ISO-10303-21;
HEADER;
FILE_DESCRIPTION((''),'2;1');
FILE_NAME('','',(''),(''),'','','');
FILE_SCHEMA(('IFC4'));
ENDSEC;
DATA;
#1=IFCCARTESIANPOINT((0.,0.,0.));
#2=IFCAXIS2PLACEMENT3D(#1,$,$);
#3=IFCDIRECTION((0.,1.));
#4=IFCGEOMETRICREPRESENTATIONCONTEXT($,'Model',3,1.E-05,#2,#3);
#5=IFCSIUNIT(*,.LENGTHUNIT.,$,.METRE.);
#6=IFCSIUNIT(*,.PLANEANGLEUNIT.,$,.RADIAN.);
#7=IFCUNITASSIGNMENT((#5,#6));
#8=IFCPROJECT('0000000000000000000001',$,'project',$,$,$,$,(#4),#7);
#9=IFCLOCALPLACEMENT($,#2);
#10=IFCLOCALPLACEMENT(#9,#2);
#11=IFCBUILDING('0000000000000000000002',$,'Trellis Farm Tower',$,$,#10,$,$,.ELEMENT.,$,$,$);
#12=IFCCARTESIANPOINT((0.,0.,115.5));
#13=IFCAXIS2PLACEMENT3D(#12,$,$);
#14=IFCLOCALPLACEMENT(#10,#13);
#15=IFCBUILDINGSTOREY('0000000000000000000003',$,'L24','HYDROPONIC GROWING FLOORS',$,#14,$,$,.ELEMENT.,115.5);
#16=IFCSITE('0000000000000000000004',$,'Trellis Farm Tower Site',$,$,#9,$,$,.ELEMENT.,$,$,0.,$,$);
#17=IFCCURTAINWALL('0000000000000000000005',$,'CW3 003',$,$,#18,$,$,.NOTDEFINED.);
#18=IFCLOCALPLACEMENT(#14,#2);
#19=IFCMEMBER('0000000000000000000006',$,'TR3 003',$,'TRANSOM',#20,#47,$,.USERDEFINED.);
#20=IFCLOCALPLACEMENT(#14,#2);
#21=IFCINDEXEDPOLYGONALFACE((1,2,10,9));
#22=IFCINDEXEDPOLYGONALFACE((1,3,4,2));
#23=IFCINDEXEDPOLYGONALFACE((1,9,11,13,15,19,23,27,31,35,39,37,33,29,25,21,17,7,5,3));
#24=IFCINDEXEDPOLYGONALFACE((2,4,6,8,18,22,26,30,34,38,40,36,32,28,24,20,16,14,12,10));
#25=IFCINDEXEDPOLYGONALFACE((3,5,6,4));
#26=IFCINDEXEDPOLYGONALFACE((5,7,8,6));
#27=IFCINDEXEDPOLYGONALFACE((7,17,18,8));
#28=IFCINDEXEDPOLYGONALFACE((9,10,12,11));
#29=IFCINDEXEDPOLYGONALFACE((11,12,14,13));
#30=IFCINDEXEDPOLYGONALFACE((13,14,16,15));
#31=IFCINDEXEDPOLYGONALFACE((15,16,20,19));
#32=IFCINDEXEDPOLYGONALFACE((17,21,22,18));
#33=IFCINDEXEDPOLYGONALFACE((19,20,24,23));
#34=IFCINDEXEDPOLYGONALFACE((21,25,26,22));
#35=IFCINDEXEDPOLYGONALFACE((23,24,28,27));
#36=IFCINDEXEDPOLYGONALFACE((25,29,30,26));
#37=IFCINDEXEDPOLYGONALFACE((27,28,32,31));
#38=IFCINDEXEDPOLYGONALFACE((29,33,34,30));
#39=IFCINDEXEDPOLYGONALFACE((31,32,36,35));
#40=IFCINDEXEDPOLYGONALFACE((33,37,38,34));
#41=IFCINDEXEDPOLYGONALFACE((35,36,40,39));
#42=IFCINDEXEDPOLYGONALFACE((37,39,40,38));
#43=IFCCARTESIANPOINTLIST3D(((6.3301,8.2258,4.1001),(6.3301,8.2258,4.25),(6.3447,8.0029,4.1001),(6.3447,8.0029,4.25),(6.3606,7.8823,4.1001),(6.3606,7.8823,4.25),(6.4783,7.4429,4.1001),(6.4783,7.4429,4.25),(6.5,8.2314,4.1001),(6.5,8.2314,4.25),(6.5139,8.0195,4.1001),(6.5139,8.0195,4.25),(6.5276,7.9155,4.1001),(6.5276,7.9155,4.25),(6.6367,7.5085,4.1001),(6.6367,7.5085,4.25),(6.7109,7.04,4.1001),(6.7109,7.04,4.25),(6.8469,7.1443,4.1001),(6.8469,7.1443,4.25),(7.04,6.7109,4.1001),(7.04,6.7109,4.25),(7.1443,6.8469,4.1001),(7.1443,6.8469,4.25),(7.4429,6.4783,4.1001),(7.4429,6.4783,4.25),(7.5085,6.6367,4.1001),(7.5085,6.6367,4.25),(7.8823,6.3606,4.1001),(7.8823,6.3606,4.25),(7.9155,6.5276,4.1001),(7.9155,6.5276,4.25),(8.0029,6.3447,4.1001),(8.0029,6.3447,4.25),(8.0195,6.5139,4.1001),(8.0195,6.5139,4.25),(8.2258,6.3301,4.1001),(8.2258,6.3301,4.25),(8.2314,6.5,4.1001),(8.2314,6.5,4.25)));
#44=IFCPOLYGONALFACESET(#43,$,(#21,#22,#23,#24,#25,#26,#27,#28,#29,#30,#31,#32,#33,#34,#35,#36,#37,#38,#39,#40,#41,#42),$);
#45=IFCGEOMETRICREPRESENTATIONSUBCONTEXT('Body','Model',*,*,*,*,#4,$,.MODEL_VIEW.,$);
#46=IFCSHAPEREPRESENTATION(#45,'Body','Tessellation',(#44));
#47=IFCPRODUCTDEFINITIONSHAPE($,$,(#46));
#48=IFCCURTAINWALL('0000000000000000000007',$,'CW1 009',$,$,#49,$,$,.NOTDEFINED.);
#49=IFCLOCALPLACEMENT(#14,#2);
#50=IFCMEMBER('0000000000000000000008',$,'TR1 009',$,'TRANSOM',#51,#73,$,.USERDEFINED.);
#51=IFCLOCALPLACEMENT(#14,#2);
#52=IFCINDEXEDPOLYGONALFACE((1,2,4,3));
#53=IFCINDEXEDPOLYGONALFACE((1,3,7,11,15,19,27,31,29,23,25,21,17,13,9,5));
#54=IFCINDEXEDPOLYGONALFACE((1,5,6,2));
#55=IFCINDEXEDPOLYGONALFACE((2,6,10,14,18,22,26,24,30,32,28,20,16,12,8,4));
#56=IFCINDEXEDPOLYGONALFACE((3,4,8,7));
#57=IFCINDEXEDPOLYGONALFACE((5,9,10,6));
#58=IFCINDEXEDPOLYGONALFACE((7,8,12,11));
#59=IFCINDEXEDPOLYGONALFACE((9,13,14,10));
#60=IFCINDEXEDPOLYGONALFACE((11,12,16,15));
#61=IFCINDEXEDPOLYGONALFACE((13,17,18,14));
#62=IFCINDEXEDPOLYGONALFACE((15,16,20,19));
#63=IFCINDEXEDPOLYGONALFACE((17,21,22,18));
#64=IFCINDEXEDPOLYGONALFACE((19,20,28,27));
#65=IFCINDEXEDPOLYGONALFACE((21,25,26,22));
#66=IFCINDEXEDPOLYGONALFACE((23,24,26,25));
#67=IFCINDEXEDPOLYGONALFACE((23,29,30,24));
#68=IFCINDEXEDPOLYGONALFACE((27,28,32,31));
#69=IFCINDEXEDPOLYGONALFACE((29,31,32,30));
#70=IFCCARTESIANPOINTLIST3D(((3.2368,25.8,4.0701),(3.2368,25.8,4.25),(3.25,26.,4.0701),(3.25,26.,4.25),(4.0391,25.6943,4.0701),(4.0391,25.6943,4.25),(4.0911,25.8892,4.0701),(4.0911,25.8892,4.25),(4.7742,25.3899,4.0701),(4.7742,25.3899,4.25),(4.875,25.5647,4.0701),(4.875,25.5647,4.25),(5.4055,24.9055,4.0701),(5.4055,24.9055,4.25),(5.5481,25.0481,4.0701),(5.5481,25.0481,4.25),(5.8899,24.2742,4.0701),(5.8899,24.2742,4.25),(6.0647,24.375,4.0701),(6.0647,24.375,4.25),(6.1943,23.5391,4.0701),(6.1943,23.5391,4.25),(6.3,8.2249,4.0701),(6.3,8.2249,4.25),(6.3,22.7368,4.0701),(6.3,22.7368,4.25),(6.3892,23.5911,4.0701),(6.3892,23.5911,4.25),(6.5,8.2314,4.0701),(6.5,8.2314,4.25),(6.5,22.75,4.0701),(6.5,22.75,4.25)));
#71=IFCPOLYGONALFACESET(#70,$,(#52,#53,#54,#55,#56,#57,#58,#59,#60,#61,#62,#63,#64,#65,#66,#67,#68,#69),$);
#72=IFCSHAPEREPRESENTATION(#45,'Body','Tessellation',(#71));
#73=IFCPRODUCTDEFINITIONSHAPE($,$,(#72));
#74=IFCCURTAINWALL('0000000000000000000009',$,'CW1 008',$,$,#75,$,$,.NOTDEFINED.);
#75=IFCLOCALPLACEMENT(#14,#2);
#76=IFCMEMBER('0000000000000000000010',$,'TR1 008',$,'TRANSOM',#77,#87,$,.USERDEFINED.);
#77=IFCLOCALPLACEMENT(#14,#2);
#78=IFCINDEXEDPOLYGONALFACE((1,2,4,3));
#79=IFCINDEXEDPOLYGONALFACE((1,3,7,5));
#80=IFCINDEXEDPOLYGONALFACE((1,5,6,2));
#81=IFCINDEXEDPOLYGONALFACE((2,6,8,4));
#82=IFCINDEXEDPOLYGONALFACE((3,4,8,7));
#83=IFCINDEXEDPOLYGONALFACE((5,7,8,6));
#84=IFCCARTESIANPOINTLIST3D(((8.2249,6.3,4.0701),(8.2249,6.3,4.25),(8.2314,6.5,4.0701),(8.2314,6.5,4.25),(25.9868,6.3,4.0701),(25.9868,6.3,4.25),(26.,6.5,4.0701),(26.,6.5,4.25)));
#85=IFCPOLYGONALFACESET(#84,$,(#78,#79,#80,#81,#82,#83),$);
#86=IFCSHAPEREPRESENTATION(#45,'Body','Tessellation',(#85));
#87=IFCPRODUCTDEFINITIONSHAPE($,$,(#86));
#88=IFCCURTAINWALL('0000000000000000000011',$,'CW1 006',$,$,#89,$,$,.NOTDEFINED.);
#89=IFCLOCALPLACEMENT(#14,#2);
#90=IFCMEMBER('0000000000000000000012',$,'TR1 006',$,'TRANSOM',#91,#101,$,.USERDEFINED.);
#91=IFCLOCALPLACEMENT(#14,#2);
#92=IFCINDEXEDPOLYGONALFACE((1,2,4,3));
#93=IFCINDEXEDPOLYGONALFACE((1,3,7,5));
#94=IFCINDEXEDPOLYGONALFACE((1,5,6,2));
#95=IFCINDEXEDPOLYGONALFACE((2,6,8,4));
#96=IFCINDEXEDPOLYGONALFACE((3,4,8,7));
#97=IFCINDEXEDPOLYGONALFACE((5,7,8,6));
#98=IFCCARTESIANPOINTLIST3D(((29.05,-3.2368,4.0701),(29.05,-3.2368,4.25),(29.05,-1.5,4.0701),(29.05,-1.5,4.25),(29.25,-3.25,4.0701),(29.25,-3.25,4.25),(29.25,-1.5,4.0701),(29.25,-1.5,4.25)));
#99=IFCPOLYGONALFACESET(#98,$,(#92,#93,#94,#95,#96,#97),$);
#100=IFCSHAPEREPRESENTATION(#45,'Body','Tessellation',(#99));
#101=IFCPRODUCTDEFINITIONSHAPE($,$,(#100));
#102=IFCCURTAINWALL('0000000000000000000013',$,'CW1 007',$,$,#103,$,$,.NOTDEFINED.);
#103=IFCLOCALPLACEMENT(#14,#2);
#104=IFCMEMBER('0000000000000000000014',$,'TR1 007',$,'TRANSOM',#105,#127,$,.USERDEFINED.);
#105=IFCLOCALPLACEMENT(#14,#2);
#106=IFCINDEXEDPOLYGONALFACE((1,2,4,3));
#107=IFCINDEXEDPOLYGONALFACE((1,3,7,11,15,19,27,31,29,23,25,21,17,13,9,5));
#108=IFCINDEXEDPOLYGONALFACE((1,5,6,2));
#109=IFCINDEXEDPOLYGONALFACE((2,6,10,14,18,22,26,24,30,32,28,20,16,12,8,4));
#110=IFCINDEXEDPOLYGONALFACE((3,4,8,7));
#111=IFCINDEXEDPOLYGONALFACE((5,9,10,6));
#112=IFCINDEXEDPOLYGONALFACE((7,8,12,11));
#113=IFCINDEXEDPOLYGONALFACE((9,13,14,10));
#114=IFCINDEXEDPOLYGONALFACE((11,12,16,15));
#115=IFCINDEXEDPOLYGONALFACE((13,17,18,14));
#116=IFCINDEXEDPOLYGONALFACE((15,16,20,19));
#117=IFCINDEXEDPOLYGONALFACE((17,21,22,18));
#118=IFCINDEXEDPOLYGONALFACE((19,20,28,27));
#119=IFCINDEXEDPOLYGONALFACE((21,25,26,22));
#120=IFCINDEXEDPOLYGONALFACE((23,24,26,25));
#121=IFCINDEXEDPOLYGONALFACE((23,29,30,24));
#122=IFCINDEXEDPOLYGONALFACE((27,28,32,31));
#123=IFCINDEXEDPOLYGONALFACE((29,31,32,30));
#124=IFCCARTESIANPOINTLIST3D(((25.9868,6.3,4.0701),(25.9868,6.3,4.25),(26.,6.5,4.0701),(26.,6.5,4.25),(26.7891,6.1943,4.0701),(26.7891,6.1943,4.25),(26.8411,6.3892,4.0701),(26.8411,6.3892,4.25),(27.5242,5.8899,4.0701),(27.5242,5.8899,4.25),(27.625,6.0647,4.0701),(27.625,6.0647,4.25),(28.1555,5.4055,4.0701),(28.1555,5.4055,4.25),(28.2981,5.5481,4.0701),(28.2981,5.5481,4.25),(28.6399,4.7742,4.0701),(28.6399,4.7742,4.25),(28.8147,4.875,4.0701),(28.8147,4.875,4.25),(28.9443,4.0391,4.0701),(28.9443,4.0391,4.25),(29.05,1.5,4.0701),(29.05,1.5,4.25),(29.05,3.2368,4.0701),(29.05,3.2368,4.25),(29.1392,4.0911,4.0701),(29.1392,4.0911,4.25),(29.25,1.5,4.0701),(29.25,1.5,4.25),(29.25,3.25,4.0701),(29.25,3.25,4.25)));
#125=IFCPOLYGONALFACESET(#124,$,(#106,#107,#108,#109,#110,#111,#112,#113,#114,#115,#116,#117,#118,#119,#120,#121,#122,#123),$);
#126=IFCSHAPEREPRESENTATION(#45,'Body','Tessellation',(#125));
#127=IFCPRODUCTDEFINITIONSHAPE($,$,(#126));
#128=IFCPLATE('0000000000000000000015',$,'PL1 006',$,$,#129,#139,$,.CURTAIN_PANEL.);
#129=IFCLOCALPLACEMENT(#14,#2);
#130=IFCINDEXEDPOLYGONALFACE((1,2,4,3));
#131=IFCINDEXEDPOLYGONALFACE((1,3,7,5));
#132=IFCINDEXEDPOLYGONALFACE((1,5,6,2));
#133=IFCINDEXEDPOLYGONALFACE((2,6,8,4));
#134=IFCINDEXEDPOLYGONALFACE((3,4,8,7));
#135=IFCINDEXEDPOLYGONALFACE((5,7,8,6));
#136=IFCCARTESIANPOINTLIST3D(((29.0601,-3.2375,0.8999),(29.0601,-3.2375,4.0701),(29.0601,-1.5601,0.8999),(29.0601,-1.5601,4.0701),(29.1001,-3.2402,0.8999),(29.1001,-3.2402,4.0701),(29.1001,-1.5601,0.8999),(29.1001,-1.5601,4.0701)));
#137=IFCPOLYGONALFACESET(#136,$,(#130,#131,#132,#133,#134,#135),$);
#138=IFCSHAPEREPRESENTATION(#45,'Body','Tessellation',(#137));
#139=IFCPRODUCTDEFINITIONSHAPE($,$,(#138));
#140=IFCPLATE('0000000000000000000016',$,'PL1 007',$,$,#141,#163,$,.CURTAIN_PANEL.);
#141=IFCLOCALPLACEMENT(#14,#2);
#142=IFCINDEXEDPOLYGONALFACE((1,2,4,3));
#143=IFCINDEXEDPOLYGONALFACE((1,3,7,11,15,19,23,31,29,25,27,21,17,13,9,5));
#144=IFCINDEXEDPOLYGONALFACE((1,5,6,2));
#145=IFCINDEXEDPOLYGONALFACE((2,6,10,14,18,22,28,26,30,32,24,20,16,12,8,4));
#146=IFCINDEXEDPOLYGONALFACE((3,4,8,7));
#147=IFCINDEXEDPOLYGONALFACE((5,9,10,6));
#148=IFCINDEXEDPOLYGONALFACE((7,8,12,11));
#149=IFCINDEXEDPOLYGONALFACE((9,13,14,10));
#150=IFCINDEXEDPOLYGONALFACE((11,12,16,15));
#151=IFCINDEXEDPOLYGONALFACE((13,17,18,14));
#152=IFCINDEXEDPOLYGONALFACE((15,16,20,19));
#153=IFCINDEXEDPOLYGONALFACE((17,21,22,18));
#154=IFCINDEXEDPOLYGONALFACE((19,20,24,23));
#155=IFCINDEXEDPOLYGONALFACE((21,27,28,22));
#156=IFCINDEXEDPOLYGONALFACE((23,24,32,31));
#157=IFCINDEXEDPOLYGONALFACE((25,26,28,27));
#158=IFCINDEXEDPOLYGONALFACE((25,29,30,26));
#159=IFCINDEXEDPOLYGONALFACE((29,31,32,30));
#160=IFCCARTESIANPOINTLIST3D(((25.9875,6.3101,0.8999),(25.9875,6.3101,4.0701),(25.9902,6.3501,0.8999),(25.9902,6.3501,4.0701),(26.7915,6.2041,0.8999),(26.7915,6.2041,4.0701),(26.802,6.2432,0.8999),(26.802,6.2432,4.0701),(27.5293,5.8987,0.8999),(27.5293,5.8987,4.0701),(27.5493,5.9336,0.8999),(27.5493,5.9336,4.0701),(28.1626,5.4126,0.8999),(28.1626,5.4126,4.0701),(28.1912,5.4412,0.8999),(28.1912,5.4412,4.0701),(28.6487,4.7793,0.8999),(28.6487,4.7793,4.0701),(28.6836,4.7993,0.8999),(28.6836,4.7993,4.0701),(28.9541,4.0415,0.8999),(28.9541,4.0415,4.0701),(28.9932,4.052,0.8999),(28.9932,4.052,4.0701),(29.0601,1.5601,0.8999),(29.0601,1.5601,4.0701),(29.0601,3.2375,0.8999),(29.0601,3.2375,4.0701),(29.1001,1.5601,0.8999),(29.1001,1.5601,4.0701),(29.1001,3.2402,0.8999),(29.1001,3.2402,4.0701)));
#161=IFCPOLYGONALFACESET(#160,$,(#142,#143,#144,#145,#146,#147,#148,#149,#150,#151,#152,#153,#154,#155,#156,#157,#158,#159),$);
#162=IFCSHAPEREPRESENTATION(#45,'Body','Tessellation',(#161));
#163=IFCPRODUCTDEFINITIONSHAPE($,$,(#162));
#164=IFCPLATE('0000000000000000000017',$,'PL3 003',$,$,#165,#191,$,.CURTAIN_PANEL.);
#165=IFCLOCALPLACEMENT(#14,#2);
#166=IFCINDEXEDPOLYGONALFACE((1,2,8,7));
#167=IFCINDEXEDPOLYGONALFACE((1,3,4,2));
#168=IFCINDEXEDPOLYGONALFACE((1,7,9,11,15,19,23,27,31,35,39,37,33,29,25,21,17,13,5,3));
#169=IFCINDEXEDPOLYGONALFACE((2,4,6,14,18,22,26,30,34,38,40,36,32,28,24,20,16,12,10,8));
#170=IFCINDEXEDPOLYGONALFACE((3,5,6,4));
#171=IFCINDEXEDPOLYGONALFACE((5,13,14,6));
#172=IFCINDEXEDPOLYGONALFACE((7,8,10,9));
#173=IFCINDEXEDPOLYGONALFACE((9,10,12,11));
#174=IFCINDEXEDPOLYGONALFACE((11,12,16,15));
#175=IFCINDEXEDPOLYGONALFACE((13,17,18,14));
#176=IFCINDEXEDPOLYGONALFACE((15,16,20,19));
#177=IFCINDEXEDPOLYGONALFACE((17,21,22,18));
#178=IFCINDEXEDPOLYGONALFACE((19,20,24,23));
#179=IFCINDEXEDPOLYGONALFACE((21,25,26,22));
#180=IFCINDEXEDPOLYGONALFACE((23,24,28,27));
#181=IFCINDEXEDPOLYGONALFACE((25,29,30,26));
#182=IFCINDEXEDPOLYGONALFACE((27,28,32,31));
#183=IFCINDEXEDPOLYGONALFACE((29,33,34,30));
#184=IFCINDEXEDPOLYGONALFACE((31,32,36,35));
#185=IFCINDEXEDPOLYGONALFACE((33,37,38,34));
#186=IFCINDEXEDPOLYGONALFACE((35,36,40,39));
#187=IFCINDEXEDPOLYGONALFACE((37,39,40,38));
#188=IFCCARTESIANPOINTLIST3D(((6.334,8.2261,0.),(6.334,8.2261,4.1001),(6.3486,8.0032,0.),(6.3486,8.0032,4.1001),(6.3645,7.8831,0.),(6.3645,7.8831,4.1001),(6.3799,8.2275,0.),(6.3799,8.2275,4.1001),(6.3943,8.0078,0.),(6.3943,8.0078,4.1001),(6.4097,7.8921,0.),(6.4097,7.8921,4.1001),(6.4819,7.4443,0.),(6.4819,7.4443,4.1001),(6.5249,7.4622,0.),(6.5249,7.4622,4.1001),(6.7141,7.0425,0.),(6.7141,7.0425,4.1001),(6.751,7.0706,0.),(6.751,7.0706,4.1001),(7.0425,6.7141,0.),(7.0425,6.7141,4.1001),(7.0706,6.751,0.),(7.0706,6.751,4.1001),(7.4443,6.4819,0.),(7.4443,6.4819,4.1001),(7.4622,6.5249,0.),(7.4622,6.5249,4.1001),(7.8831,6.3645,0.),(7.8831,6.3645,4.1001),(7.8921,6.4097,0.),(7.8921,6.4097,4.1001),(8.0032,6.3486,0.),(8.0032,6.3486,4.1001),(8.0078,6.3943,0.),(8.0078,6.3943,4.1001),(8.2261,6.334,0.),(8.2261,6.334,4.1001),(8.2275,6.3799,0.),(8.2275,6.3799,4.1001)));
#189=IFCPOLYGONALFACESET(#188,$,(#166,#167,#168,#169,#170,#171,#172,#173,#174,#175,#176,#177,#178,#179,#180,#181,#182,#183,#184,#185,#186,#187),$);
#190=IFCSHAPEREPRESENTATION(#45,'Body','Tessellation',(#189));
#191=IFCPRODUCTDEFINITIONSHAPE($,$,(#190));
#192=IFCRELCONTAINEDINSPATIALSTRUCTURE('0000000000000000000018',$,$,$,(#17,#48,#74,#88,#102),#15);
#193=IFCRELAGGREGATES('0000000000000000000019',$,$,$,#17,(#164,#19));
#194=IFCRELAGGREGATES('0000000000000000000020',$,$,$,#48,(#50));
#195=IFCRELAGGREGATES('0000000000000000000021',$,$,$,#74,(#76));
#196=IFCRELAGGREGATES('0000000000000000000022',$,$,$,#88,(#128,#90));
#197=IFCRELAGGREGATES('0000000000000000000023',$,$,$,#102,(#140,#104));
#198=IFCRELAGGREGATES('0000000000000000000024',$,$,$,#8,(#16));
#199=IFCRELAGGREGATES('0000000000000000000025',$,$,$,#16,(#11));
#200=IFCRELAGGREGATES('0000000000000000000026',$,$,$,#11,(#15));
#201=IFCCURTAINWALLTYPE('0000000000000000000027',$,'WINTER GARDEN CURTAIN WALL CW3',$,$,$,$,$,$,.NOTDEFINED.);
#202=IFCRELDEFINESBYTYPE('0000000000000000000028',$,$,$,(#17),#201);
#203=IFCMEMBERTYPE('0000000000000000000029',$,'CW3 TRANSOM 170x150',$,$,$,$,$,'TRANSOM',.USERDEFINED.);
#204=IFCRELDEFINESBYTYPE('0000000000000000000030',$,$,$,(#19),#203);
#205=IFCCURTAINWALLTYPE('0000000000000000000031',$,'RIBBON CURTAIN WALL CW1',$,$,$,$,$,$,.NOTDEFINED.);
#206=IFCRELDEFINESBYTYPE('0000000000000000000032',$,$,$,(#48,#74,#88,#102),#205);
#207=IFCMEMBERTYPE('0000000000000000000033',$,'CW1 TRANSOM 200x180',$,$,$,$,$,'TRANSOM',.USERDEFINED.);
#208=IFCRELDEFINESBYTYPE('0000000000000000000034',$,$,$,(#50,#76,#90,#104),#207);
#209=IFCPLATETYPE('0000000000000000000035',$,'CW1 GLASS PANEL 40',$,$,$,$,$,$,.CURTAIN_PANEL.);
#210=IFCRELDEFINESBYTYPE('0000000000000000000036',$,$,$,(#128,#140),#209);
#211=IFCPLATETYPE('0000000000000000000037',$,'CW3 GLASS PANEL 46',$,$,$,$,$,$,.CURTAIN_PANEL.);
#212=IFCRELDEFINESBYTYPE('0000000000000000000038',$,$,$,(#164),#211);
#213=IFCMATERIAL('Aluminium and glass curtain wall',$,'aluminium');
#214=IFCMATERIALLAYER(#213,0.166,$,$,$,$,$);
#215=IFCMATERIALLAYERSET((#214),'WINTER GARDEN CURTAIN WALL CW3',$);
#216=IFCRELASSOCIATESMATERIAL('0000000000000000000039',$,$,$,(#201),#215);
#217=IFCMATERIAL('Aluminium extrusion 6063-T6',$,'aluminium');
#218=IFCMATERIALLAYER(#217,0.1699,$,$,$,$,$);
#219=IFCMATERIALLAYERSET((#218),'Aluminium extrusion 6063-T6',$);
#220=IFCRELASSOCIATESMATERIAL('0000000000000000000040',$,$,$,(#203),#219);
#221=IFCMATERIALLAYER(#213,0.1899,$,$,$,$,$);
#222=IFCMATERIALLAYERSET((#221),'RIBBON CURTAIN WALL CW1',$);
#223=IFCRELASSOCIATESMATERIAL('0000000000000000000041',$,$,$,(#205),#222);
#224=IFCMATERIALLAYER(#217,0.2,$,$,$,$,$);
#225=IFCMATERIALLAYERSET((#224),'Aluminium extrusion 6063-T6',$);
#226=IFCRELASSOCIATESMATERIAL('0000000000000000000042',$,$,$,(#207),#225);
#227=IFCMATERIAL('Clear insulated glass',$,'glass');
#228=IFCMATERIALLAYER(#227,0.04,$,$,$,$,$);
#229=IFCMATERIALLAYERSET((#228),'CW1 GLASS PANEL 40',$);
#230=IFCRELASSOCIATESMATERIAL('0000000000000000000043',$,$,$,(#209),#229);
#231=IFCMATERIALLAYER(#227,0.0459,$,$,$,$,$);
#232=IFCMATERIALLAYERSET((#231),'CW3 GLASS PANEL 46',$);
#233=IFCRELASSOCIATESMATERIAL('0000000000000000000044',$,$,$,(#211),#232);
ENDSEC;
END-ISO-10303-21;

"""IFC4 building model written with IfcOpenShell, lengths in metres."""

from ifc_helpers import new_model, si_unit, direction, frame, origin, place, context, subcontext, project, spatial, polyline, outline, extrude, source, transform, mapped, material, layer, layer_set, type_object, element, aggregate, save


model = new_model("IFC4")

# Units and contexts
model_context = context("Model", 3, precision=1e-05, world=origin(), true_north=direction((0.0, 1.0)))
body_context = subcontext(model_context, "Body", "Model", "MODEL_VIEW")
ifc_project = project(units=[si_unit("LENGTHUNIT", "METRE"), si_unit("PLANEANGLEUNIT", "RADIAN")], contexts=[model_context])

# Site, building, storey
site_placement = place(None, origin())
site = spatial("IfcSite", under=ifc_project, at=site_placement, Name="Trellis Farm Tower Site", CompositionType="ELEMENT", RefElevation=0.0)
building_placement = place(site_placement, origin())
building = spatial("IfcBuilding", under=site, at=building_placement, Name="Trellis Farm Tower", CompositionType="ELEMENT")
storey_placement = place(building_placement, frame((0.0, 0.0, 115.5)))
storey = spatial("IfcBuildingStorey", under=building, at=storey_placement, Name="L24", Description="HYDROPONIC GROWING FLOORS", CompositionType="ELEMENT", Elevation=115.5)

# Curtain walls, members
ifc_material_1 = material(Name="Aluminium and glass curtain wall", Category="aluminium")
ifc_layer_1 = layer(ifc_material_1, 0.166)
ifc_layer_set_1 = layer_set([ifc_layer_1], Name="WINTER GARDEN CURTAIN WALL CW3")
curtain_wall_type_1 = type_object("IfcCurtainWallType", Name="WINTER GARDEN CURTAIN WALL CW3", PredefinedType="NOTDEFINED", material=ifc_layer_set_1)
placement_1 = place(storey_placement, origin())
curtain_wall_1 = element("IfcCurtainWall", 1, at=placement_1, inside=storey, type_object=curtain_wall_type_1, Name="CW3 003", PredefinedType="NOTDEFINED")
ifc_material_2 = material(Name="Aluminium extrusion 6063-T6", Category="aluminium")
ifc_layer_2 = layer(ifc_material_2, 0.1699)
ifc_layer_set_2 = layer_set([ifc_layer_2], Name="Aluminium extrusion 6063-T6")
member_type_1 = type_object("IfcMemberType", Name="CW3 TRANSOM 170x150", ElementType="TRANSOM", PredefinedType="USERDEFINED", material=ifc_layer_set_2)
shared_shape_1 = source(origin(), body_context, "Body", "SweptSolid", [
    extrude(outline(polyline([(8.2314, 6.5), (8.0195, 6.5139), (7.9155, 6.5276), (7.5085, 6.6367), (7.1443, 6.8469), (6.8469, 7.1443), (6.6367, 7.5085), (6.5276, 7.9155), (6.5139, 8.0195), (6.5, 8.2314), (6.3301, 8.2258), (6.3447, 8.0029), (6.3606, 7.8823), (6.4783, 7.4429), (6.7109, 7.04), (7.04, 6.7109), (7.4429, 6.4783), (7.8823, 6.3606), (8.0029, 6.3447), (8.2258, 6.3301), (8.2314, 6.5)])), origin(), (0.0, 0.0, 1.0), 0.1499),
])
member_1_placement = place(storey_placement, frame((0.0, 0.0, 4.1001)))
member_1 = element("IfcMember", 2, at=member_1_placement, type_object=member_type_1, Name="TR3 003", ObjectType="TRANSOM", PredefinedType="USERDEFINED", context=body_context, shape_type="MappedRepresentation", body=[
    mapped(shared_shape_1, transform((0.0, 0.0, 0.0))),
])
ifc_layer_3 = layer(ifc_material_1, 0.1899)
ifc_layer_set_3 = layer_set([ifc_layer_3], Name="RIBBON CURTAIN WALL CW1")
curtain_wall_type_2 = type_object("IfcCurtainWallType", Name="RIBBON CURTAIN WALL CW1", PredefinedType="NOTDEFINED", material=ifc_layer_set_3)
curtain_wall_2 = element("IfcCurtainWall", 3, at=placement_1, inside=storey, type_object=curtain_wall_type_2, Name="CW1 009", PredefinedType="NOTDEFINED")
ifc_layer_4 = layer(ifc_material_2, 0.2)
ifc_layer_set_4 = layer_set([ifc_layer_4], Name="Aluminium extrusion 6063-T6")
member_type_2 = type_object("IfcMemberType", Name="CW1 TRANSOM 200x180", ElementType="TRANSOM", PredefinedType="USERDEFINED", material=ifc_layer_set_4)
shared_shape_2 = source(origin(), body_context, "Body", "SweptSolid", [
    extrude(outline(polyline([(6.5, 8.2314), (6.5, 22.75), (6.3892, 23.5911), (6.0647, 24.375), (5.5481, 25.0481), (4.875, 25.5647), (4.0911, 25.8892), (3.25, 26.0), (3.2368, 25.8), (4.0391, 25.6943), (4.7742, 25.3899), (5.4055, 24.9055), (5.8899, 24.2742), (6.1943, 23.5391), (6.3, 22.7368), (6.3, 8.2249), (6.5, 8.2314)])), origin(), (0.0, 0.0, 1.0), 0.1799),
])
placement_2 = place(storey_placement, frame((0.0, 0.0, 4.0701)))
member_2 = element("IfcMember", 4, at=placement_2, type_object=member_type_2, Name="TR1 009", ObjectType="TRANSOM", PredefinedType="USERDEFINED", context=body_context, shape_type="MappedRepresentation", body=[
    mapped(shared_shape_2, transform((0.0, 0.0, 0.0))),
])
curtain_wall_3 = element("IfcCurtainWall", 5, at=placement_1, inside=storey, type_object=curtain_wall_type_2, Name="CW1 008", PredefinedType="NOTDEFINED")
shared_shape_3 = source(origin(), body_context, "Body", "SweptSolid", [
    extrude(outline(polyline([(26.0, 6.5), (8.2314, 6.5), (8.2249, 6.3), (25.9868, 6.3), (26.0, 6.5)])), origin(), (0.0, 0.0, 1.0), 0.1799),
])
member_3 = element("IfcMember", 6, at=placement_2, type_object=member_type_2, Name="TR1 008", ObjectType="TRANSOM", PredefinedType="USERDEFINED", context=body_context, shape_type="MappedRepresentation", body=[
    mapped(shared_shape_3, transform((0.0, 0.0, 0.0))),
])
curtain_wall_4 = element("IfcCurtainWall", 7, at=placement_1, inside=storey, type_object=curtain_wall_type_2, Name="CW1 006", PredefinedType="NOTDEFINED")
shared_shape_4 = source(origin(), body_context, "Body", "SweptSolid", [
    extrude(outline(polyline([(29.25, -3.25), (29.25, -1.5), (29.05, -1.5), (29.05, -3.2368), (29.25, -3.25)])), origin(), (0.0, 0.0, 1.0), 0.1799),
])
member_4 = element("IfcMember", 8, at=placement_2, type_object=member_type_2, Name="TR1 006", ObjectType="TRANSOM", PredefinedType="USERDEFINED", context=body_context, shape_type="MappedRepresentation", body=[
    mapped(shared_shape_4, transform((0.0, 0.0, 0.0))),
])
curtain_wall_5 = element("IfcCurtainWall", 9, at=placement_1, inside=storey, type_object=curtain_wall_type_2, Name="CW1 007", PredefinedType="NOTDEFINED")
shared_shape_5 = source(origin(), body_context, "Body", "SweptSolid", [
    extrude(outline(polyline([(29.25, 1.5), (29.25, 3.25), (29.1392, 4.0911), (28.8147, 4.875), (28.2981, 5.5481), (27.625, 6.0647), (26.8411, 6.3892), (26.0, 6.5), (25.9868, 6.3), (26.7891, 6.1943), (27.5242, 5.8899), (28.1555, 5.4055), (28.6399, 4.7742), (28.9443, 4.0391), (29.05, 3.2368), (29.05, 1.5), (29.25, 1.5)])), origin(), (0.0, 0.0, 1.0), 0.1799),
])
member_5 = element("IfcMember", 10, at=placement_2, type_object=member_type_2, Name="TR1 007", ObjectType="TRANSOM", PredefinedType="USERDEFINED", context=body_context, shape_type="MappedRepresentation", body=[
    mapped(shared_shape_5, transform((0.0, 0.0, 0.0))),
])

# Plates
ifc_material_3 = material(Name="Clear insulated glass", Category="glass")
ifc_layer_5 = layer(ifc_material_3, 0.04)
ifc_layer_set_5 = layer_set([ifc_layer_5], Name="CW1 GLASS PANEL 40")
plate_type_1 = type_object("IfcPlateType", Name="CW1 GLASS PANEL 40", PredefinedType="CURTAIN_PANEL", material=ifc_layer_set_5)
placement_3 = place(storey_placement, frame((0.0, 0.0, 0.8999)))
plate_1 = element("IfcPlate", 11, at=placement_3, type_object=plate_type_1, Name="PL1 006", PredefinedType="CURTAIN_PANEL", context=body_context, shape_type="SweptSolid", body=[
    extrude(outline(polyline([(29.1001, -3.2402), (29.1001, -1.5601), (29.0601, -1.5601), (29.0601, -3.2375), (29.1001, -3.2402)])), origin(), (0.0, 0.0, 1.0), 3.1702),
])
plate_2 = element("IfcPlate", 12, at=placement_3, type_object=plate_type_1, Name="PL1 007", PredefinedType="CURTAIN_PANEL", context=body_context, shape_type="SweptSolid", body=[
    extrude(outline(polyline([(29.1001, 1.5601), (29.1001, 3.2402), (28.9932, 4.052), (28.6836, 4.7993), (28.1912, 5.4412), (27.5493, 5.9336), (26.802, 6.2432), (25.9902, 6.3501), (25.9875, 6.3101), (26.7915, 6.2041), (27.5293, 5.8987), (28.1626, 5.4126), (28.6487, 4.7793), (28.9541, 4.0415), (29.0601, 3.2375), (29.0601, 1.5601), (29.1001, 1.5601)])), origin(), (0.0, 0.0, 1.0), 3.1702),
])
ifc_layer_6 = layer(ifc_material_3, 0.0459)
ifc_layer_set_6 = layer_set([ifc_layer_6], Name="CW3 GLASS PANEL 46")
plate_type_2 = type_object("IfcPlateType", Name="CW3 GLASS PANEL 46", PredefinedType="CURTAIN_PANEL", material=ifc_layer_set_6)
shared_shape_6 = source(origin(), body_context, "Body", "SweptSolid", [
    extrude(outline(polyline([(8.2275, 6.3799), (8.0078, 6.3943), (7.8921, 6.4097), (7.4622, 6.5249), (7.0706, 6.751), (6.751, 7.0706), (6.5249, 7.4622), (6.4097, 7.8921), (6.3943, 8.0078), (6.3799, 8.2275), (6.334, 8.2261), (6.3486, 8.0032), (6.3645, 7.8831), (6.4819, 7.4443), (6.7141, 7.0425), (7.0425, 6.7141), (7.4443, 6.4819), (7.8831, 6.3645), (8.0032, 6.3486), (8.2261, 6.334), (8.2275, 6.3799)])), origin(), (0.0, 0.0, 1.0), 4.1001),
])
plate_3 = element("IfcPlate", 13, at=placement_1, type_object=plate_type_2, Name="PL3 003", PredefinedType="CURTAIN_PANEL", context=body_context, shape_type="MappedRepresentation", body=[
    mapped(shared_shape_6, transform((0.0, 0.0, 0.0))),
])
aggregate(curtain_wall_1, [plate_3, member_1])
aggregate(curtain_wall_2, [member_2])

aggregate(curtain_wall_3, [member_3])
aggregate(curtain_wall_4, [plate_1, member_4])
aggregate(curtain_wall_5, [plate_2, member_5])

save(model, "model.ifc")
